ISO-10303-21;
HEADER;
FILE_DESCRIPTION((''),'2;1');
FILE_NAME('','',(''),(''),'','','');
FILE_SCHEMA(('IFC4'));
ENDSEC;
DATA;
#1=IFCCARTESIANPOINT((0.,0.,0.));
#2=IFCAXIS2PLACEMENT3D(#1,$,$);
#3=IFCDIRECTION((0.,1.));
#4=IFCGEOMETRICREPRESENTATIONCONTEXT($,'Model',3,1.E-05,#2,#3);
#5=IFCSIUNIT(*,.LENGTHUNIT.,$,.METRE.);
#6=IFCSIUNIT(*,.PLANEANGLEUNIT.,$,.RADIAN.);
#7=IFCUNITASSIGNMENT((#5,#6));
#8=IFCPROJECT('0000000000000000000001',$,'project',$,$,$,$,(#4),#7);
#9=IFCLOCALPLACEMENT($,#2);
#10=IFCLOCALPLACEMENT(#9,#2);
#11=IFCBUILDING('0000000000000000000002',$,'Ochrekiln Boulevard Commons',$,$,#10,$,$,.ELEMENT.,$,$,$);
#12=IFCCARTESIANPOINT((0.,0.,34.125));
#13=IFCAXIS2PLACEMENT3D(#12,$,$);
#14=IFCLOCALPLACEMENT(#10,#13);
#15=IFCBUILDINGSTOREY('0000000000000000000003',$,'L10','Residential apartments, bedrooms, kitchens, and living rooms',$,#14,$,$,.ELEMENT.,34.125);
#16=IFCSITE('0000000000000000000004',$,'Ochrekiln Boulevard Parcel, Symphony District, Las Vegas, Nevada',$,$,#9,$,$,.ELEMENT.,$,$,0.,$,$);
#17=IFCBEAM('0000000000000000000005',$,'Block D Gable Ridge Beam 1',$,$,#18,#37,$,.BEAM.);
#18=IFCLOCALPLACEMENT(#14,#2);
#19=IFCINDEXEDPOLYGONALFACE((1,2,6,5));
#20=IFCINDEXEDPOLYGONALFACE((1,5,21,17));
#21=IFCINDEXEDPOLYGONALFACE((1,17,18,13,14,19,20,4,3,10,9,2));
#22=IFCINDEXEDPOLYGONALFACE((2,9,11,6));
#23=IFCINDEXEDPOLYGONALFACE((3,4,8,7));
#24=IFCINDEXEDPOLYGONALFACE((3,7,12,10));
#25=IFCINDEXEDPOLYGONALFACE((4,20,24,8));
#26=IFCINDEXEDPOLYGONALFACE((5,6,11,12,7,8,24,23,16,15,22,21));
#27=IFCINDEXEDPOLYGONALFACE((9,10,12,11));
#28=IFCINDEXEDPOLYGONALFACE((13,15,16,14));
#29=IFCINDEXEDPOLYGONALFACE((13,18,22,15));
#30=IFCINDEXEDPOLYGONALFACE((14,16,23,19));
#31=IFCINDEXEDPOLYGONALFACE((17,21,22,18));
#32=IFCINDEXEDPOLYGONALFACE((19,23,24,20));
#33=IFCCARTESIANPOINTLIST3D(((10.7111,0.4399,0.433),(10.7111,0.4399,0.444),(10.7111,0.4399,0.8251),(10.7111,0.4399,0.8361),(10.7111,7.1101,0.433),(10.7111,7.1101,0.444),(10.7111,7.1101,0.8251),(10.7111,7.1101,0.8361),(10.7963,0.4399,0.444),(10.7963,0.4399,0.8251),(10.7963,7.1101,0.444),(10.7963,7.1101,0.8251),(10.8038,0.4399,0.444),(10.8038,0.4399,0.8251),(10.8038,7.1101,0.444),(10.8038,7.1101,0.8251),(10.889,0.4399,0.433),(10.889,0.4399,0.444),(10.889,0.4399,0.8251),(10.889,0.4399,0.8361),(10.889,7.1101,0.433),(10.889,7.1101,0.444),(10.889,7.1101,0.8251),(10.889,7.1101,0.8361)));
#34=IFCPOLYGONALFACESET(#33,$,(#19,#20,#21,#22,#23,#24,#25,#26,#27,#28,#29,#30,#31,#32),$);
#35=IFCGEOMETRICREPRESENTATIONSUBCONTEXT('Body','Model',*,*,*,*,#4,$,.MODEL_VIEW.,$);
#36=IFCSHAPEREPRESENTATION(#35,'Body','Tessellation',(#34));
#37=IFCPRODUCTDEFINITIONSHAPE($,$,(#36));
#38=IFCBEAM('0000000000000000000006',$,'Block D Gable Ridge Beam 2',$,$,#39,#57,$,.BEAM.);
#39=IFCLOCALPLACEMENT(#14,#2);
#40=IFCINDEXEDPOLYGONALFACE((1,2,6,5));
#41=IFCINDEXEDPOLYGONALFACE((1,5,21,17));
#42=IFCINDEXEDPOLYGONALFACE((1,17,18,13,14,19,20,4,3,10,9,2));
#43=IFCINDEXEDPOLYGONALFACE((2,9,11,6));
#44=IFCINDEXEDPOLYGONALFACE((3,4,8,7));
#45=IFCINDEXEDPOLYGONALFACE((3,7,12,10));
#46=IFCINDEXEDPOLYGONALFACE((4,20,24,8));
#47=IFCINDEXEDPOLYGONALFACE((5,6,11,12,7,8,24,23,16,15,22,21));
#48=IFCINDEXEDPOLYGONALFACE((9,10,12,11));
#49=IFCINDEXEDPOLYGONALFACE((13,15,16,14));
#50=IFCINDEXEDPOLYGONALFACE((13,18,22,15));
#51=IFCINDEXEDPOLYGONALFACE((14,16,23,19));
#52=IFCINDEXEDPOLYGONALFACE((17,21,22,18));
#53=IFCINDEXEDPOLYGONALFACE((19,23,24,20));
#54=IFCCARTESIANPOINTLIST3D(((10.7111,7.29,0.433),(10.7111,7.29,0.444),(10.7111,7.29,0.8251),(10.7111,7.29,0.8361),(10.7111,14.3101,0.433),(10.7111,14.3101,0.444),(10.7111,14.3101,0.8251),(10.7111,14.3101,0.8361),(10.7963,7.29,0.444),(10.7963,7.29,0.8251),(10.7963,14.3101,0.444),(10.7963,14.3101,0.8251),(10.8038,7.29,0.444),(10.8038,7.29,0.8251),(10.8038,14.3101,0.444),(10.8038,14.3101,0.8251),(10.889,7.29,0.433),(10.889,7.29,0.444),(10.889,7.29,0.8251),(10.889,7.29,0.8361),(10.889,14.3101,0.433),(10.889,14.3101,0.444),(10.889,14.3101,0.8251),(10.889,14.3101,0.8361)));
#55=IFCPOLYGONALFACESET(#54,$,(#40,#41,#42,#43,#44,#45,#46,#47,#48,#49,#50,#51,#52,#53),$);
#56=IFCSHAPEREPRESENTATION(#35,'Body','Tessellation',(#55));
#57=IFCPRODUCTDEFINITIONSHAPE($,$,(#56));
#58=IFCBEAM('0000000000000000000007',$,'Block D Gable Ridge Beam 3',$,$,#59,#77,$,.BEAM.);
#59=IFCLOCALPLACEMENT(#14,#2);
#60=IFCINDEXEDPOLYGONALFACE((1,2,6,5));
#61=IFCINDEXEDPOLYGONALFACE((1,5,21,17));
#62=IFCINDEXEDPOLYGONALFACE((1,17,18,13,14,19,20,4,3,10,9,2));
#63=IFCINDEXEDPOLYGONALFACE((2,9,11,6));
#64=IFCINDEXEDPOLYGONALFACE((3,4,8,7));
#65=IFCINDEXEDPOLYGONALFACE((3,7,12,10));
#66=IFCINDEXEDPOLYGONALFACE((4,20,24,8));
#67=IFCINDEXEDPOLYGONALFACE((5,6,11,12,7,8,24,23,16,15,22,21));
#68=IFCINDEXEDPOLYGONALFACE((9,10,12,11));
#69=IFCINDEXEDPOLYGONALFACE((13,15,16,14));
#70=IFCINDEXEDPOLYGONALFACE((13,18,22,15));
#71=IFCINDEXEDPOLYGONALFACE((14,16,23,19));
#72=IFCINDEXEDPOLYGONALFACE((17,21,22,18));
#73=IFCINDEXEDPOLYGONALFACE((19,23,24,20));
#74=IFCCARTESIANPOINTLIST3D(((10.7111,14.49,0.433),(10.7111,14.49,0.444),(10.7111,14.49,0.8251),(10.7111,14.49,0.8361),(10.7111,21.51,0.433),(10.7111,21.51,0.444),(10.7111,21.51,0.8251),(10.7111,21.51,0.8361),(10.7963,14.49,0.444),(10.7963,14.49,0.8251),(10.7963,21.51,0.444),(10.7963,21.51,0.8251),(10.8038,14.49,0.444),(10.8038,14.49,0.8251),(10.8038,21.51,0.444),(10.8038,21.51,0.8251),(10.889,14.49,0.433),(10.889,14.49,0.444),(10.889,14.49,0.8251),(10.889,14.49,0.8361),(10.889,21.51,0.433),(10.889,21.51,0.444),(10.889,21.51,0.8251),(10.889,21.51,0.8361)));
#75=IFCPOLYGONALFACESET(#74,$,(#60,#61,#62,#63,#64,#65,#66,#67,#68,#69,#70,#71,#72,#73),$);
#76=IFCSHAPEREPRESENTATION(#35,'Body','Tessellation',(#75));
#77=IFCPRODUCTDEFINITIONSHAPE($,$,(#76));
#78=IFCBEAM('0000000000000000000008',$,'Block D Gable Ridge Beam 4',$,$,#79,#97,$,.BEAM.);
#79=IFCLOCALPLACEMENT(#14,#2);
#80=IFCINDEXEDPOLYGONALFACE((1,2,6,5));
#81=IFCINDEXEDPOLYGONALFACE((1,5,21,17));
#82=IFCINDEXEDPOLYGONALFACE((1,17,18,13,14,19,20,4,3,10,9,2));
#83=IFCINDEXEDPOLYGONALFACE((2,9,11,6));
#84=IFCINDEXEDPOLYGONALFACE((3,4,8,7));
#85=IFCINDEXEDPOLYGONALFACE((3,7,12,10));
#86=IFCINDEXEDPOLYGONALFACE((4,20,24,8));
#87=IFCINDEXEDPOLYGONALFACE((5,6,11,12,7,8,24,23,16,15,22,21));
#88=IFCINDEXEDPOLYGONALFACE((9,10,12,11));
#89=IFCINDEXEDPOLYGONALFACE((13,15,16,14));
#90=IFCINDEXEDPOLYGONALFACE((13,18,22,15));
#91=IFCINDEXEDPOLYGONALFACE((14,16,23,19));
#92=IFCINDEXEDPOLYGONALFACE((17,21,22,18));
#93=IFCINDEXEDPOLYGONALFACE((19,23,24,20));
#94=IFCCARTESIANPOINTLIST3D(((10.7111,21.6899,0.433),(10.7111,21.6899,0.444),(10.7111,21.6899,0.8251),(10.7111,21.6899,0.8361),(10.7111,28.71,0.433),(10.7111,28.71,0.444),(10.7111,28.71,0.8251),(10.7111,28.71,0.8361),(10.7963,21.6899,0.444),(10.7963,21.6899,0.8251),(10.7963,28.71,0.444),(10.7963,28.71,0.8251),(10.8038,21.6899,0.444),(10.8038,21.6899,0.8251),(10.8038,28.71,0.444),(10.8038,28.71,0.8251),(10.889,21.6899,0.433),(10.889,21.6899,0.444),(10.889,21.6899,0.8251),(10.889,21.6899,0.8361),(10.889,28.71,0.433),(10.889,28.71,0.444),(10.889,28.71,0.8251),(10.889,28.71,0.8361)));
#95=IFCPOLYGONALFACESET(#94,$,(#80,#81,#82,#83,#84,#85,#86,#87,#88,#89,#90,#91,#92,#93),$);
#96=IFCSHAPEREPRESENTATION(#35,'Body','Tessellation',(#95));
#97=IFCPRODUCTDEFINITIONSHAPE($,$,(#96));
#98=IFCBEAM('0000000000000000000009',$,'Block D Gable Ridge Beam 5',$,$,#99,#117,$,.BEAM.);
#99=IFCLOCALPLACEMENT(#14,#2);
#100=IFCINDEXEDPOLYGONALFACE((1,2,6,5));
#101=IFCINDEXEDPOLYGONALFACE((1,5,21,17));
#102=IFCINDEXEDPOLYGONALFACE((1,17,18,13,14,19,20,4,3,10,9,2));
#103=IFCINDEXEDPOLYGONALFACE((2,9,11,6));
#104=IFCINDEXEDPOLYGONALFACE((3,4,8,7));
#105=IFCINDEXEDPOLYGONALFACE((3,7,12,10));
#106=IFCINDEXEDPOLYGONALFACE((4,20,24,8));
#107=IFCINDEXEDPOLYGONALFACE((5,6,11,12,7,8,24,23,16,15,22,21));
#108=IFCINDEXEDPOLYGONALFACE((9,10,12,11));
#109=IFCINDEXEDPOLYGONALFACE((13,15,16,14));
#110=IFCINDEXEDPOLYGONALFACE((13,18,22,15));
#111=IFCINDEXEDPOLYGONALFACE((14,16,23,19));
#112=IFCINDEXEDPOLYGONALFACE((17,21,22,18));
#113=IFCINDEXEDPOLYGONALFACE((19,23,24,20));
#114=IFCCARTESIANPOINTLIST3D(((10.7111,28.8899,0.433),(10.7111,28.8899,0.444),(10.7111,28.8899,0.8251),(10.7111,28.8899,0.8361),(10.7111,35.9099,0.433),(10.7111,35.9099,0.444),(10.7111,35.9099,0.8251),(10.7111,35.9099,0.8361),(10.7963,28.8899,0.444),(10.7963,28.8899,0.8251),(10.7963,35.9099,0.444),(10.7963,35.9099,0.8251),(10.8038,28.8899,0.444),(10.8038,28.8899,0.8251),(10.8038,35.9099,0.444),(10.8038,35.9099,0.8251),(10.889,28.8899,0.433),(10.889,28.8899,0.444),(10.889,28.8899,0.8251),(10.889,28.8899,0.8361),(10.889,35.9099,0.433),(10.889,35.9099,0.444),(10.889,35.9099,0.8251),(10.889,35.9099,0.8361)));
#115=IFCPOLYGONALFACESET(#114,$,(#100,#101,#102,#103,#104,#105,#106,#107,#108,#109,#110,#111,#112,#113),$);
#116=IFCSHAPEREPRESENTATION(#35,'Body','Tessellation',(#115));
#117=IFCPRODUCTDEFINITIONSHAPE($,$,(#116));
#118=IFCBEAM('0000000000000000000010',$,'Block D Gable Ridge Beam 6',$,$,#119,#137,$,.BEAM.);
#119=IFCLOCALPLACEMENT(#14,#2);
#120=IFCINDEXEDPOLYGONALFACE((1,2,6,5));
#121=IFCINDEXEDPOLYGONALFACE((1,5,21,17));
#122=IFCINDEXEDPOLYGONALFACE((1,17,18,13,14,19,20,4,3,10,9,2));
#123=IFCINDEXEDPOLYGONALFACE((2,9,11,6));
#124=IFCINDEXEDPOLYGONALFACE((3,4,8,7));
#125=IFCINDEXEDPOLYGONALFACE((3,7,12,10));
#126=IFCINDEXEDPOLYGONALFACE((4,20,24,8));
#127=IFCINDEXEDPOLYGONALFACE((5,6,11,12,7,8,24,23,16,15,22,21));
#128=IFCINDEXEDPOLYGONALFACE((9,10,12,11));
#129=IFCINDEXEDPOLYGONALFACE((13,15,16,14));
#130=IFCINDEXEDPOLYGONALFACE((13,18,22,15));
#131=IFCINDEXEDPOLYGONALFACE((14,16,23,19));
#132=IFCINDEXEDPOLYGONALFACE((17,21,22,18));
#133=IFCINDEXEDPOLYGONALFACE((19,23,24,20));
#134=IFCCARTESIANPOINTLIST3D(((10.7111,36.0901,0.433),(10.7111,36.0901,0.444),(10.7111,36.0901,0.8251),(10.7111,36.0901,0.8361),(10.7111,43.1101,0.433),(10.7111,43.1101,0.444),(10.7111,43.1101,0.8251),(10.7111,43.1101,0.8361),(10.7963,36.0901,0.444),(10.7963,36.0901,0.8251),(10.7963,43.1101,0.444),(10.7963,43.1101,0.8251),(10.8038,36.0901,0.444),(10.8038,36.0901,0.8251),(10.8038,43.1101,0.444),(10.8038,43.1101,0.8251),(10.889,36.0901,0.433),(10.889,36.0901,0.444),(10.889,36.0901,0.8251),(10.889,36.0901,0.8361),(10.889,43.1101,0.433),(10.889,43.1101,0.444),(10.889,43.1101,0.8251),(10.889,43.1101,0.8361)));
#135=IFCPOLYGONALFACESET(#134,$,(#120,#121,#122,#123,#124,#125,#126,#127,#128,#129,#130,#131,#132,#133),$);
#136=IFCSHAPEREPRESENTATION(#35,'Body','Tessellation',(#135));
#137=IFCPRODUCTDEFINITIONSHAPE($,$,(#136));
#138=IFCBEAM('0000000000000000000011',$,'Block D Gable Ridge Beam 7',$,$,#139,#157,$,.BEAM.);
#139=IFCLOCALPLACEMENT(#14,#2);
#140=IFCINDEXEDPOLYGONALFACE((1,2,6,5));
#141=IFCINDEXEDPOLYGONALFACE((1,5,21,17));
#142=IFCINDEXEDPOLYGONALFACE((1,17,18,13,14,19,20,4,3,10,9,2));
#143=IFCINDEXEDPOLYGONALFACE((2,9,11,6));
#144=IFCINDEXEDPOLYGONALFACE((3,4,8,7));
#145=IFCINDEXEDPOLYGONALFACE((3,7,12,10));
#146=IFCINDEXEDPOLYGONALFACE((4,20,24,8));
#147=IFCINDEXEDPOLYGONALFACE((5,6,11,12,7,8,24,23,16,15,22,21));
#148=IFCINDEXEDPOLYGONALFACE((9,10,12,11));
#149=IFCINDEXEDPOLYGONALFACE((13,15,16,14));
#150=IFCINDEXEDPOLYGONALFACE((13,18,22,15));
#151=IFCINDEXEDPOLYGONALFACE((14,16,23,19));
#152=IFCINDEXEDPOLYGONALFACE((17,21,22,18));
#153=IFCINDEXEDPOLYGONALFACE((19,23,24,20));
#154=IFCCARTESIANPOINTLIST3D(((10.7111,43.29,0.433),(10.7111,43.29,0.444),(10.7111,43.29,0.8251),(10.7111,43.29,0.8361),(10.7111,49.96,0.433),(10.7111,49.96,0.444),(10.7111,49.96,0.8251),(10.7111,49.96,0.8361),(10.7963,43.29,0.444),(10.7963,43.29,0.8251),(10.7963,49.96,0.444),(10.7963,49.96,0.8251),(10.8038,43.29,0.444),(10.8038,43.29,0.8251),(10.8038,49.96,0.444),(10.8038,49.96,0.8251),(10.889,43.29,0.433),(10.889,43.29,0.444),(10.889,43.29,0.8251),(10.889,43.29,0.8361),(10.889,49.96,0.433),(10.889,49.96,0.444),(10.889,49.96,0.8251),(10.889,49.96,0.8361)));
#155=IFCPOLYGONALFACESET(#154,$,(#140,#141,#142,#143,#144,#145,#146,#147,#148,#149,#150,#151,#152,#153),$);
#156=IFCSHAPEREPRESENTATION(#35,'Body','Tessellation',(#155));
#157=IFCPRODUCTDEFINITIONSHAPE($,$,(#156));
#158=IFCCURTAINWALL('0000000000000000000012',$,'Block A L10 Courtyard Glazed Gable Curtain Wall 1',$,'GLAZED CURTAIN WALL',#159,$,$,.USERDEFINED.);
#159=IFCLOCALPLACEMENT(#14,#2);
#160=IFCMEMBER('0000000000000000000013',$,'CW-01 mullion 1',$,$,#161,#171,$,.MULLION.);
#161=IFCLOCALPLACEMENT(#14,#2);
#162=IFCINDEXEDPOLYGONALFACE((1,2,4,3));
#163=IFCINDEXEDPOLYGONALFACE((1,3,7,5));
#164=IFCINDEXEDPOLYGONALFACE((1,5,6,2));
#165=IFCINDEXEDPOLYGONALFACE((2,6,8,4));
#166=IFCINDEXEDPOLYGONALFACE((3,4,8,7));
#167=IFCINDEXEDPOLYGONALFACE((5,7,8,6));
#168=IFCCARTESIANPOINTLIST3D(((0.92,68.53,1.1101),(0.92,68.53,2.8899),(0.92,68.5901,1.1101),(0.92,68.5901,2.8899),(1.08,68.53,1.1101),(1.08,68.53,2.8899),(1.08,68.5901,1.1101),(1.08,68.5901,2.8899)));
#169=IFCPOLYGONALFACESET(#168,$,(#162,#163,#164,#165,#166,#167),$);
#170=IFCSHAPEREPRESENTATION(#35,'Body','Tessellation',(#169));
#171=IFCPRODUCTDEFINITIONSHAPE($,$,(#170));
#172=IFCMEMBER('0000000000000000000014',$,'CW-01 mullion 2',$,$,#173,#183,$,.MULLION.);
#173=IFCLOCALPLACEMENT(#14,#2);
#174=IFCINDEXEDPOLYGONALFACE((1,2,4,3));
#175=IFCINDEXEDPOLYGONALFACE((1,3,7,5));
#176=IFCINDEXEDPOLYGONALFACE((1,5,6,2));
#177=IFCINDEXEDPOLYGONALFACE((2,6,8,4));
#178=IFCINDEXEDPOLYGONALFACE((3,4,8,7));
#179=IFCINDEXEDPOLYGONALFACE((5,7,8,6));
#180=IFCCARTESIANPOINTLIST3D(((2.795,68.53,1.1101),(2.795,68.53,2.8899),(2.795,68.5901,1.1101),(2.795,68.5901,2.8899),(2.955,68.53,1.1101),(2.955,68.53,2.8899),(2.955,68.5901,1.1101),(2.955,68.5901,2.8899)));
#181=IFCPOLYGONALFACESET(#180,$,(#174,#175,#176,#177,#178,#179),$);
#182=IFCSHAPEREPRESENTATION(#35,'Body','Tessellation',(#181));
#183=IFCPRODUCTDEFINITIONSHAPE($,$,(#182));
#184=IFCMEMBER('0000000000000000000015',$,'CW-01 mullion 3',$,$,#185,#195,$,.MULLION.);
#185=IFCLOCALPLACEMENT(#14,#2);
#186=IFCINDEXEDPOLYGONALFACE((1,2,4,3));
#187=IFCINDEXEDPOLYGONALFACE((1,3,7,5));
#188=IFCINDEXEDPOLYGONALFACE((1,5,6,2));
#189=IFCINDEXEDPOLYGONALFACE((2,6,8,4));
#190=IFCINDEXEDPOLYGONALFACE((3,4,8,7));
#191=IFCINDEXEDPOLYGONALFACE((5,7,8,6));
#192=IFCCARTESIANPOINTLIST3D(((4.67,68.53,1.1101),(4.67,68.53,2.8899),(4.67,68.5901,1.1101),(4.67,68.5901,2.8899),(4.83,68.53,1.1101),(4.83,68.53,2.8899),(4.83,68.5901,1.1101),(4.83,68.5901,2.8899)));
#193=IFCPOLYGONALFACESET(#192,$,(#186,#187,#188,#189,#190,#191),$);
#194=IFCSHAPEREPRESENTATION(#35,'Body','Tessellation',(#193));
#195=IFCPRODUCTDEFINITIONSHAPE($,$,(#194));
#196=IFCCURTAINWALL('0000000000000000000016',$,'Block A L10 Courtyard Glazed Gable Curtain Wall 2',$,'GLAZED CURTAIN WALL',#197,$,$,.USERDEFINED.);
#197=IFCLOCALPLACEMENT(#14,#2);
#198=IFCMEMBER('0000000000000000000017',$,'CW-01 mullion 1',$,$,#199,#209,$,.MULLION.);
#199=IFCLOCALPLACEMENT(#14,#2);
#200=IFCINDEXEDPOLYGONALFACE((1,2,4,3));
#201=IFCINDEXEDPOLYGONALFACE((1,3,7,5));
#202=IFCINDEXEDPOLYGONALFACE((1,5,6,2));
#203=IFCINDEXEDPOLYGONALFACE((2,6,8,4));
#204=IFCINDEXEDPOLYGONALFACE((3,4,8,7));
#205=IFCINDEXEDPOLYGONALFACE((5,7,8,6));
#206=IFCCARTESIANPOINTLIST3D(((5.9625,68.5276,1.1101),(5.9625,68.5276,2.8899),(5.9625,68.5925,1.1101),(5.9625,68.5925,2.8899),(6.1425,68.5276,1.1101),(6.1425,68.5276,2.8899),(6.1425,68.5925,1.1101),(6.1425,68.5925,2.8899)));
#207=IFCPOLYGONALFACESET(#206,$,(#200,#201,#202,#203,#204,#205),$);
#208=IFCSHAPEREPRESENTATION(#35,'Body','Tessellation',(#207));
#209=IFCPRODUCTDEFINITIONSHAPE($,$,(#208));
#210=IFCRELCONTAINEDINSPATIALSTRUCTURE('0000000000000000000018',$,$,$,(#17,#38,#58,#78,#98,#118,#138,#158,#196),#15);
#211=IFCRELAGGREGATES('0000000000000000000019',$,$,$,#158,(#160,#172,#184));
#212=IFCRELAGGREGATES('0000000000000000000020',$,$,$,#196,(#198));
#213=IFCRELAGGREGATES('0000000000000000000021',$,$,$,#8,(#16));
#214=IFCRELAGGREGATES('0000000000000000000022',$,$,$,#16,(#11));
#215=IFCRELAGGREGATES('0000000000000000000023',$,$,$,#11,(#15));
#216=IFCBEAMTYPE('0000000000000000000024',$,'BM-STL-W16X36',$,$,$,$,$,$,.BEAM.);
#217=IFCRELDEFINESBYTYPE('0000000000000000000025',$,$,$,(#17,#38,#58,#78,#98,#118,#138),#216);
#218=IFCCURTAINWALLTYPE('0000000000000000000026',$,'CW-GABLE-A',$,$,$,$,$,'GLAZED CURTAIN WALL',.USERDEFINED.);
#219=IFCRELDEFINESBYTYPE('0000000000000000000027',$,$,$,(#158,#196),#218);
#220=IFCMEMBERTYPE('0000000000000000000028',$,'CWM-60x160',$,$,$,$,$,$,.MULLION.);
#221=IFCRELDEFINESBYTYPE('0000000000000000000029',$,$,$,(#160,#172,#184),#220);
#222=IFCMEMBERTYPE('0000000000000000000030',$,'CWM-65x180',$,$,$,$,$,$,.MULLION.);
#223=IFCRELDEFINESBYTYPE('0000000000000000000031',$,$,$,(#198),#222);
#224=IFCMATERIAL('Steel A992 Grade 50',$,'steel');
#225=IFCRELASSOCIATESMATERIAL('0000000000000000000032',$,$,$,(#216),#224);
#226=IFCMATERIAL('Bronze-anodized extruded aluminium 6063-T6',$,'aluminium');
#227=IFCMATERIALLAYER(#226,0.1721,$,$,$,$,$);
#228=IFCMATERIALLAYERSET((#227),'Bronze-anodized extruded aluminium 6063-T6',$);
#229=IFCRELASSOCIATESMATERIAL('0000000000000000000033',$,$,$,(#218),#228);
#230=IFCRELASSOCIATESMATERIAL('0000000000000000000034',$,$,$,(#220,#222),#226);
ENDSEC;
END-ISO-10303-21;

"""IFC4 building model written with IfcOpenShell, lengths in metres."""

from ifc_helpers import new_model, si_unit, direction, frame, origin, origin_2d, place, context, subcontext, project, spatial, rectangle, i_section, extrude, material, layer, layer_set, material_profile, profile_set, type_object, element, aggregate, save


model = new_model("IFC4")

# Units and contexts
model_context = context("Model", 3, precision=1e-05, world=origin(), true_north=direction((0.0, 1.0)))
body_context = subcontext(model_context, "Body", "Model", "MODEL_VIEW")
ifc_project = project(units=[si_unit("LENGTHUNIT", "METRE"), si_unit("PLANEANGLEUNIT", "RADIAN")], contexts=[model_context])

# Site, building, storey
site_placement = place(None, origin())
site = spatial("IfcSite", under=ifc_project, at=site_placement, Name="Ochrekiln Boulevard Parcel, Symphony District, Las Vegas, Nevada", CompositionType="ELEMENT", RefElevation=0.0)
building_placement = place(site_placement, origin())
building = spatial("IfcBuilding", under=site, at=building_placement, Name="Ochrekiln Boulevard Commons", CompositionType="ELEMENT")
storey_placement = place(building_placement, frame((0.0, 0.0, 34.125)))
storey = spatial("IfcBuildingStorey", under=building, at=storey_placement, Name="L10", Description="Residential apartments, bedrooms, kitchens, and living rooms", CompositionType="ELEMENT", Elevation=34.125)

# Beams
ifc_material_1 = material(Name="Steel A992 Grade 50", Category="steel")
ifc_material_profile_1 = material_profile(ifc_material_1, i_section(OverallWidth=0.178, OverallDepth=0.4031, WebThickness=0.0076, FlangeThickness=0.011, at=origin_2d()), Name="W16X36")
ifc_profile_set_1 = profile_set([ifc_material_profile_1], Name="Steel A992 Grade 50")
beam_type = type_object("IfcBeamType", Name="BM-STL-W16X36", PredefinedType="BEAM", material=ifc_profile_set_1)
beam_1_placement = place(storey_placement, frame((10.8, 0.4399, 0.6345), z_axis=(0.0, 1.0, 0.0), x_axis=(-1.0, 0.0, 0.0)))
element("IfcBeam", 1, at=beam_1_placement, inside=storey, type_object=beam_type, Name="Block D Gable Ridge Beam 1", PredefinedType="BEAM", context=body_context, shape_type="SweptSolid", body=[
    extrude(i_section(OverallWidth=0.178, OverallDepth=0.4031, WebThickness=0.0076, FlangeThickness=0.011, at=origin_2d()), origin(), (0.0, 0.0, 1.0), 6.6702),
])
for number, where, z_axis, x_axis, name in (
    (2, (10.8, 7.29, 0.6345), (0.0, 1.0, 0.0), (-1.0, 0.0, 0.0), "Block D Gable Ridge Beam 2"),
    (3, (10.8, 14.49, 0.6345), (0.0, 1.0, 0.0), (-1.0, 0.0, 0.0), "Block D Gable Ridge Beam 3"),
    (4, (10.8, 21.6899, 0.6345), (0.0, 1.0, 0.0), (-1.0, 0.0, 0.0), "Block D Gable Ridge Beam 4"),
    (5, (10.8, 28.8899, 0.6345), (0.0, 1.0, 0.0), (-1.0, 0.0, 0.0), "Block D Gable Ridge Beam 5"),
    (6, (10.8, 36.0901, 0.6345), (0.0, 1.0, 0.0), (-1.0, 0.0, 0.0), "Block D Gable Ridge Beam 6"),
):
    element("IfcBeam", number, at=place(storey_placement, frame(where, z_axis=z_axis, x_axis=x_axis)), inside=storey, type_object=beam_type, Name=name, PredefinedType="BEAM", context=body_context, shape_type="SweptSolid", body=[
        extrude(i_section(OverallWidth=0.178, OverallDepth=0.4031, WebThickness=0.0076, FlangeThickness=0.011, at=origin_2d()), origin(), (0.0, 0.0, 1.0), 7.02),
    ])
beam_2_placement = place(storey_placement, frame((10.8, 43.29, 0.6345), z_axis=(0.0, 1.0, 0.0), x_axis=(-1.0, 0.0, 0.0)))
element("IfcBeam", 7, at=beam_2_placement, inside=storey, type_object=beam_type, Name="Block D Gable Ridge Beam 7", PredefinedType="BEAM", context=body_context, shape_type="SweptSolid", body=[
    extrude(i_section(OverallWidth=0.178, OverallDepth=0.4031, WebThickness=0.0076, FlangeThickness=0.011, at=origin_2d()), origin(), (0.0, 0.0, 1.0), 6.6699),
])

# Curtain walls, members
ifc_material_2 = material(Name="Bronze-anodized extruded aluminium 6063-T6", Category="aluminium")
ifc_layer_1 = layer(ifc_material_2, 0.1721)
ifc_layer_set_1 = layer_set([ifc_layer_1], Name="Bronze-anodized extruded aluminium 6063-T6")
curtain_wall_type = type_object("IfcCurtainWallType", Name="CW-GABLE-A", ElementType="GLAZED CURTAIN WALL", PredefinedType="USERDEFINED", material=ifc_layer_set_1)
curtain_wall_1_placement = place(storey_placement, origin())
curtain_wall_1 = element("IfcCurtainWall", 8, at=curtain_wall_1_placement, inside=storey, type_object=curtain_wall_type, Name="Block A L10 Courtyard Glazed Gable Curtain Wall 1", ObjectType="GLAZED CURTAIN WALL", PredefinedType="USERDEFINED")
ifc_material_profile_2 = material_profile(ifc_material_2, rectangle(XDim=0.0601, YDim=0.1599, at=origin_2d()), Name="ALU-MUL-60x160")
ifc_profile_set_2 = profile_set([ifc_material_profile_2], Name="Bronze-anodized extruded aluminium 6063-T6")
member_type_1 = type_object("IfcMemberType", Name="CWM-60x160", PredefinedType="MULLION", material=ifc_profile_set_2)
member_1_placement = place(storey_placement, frame((1.0, 68.5601, 1.1101), z_axis=(0.0, 0.0, 1.0), x_axis=(0.0, 1.0, 0.0)))
member_1 = element("IfcMember", 9, at=member_1_placement, type_object=member_type_1, Name="CW-01 mullion 1", PredefinedType="MULLION", context=body_context, shape_type="SweptSolid", body=[
    extrude(rectangle(XDim=0.0601, YDim=0.1599, at=origin_2d()), origin(), (0.0, 0.0, 1.0), 1.7798),
])
member_2_placement = place(storey_placement, frame((2.875, 68.5601, 1.1101), z_axis=(0.0, 0.0, 1.0), x_axis=(0.0, 1.0, 0.0)))
member_2 = element("IfcMember", 10, at=member_2_placement, type_object=member_type_1, Name="CW-01 mullion 2", PredefinedType="MULLION", context=body_context, shape_type="SweptSolid", body=[
    extrude(rectangle(XDim=0.0601, YDim=0.1599, at=origin_2d()), origin(), (0.0, 0.0, 1.0), 1.7798),
])
member_3_placement = place(storey_placement, frame((4.75, 68.5601, 1.1101), z_axis=(0.0, 0.0, 1.0), x_axis=(0.0, 1.0, 0.0)))
member_3 = element("IfcMember", 11, at=member_3_placement, type_object=member_type_1, Name="CW-01 mullion 3", PredefinedType="MULLION", context=body_context, shape_type="SweptSolid", body=[
    extrude(rectangle(XDim=0.0601, YDim=0.1599, at=origin_2d()), origin(), (0.0, 0.0, 1.0), 1.7798),
])
curtain_wall_2_placement = place(storey_placement, origin())
curtain_wall_2 = element("IfcCurtainWall", 12, at=curtain_wall_2_placement, inside=storey, type_object=curtain_wall_type, Name="Block A L10 Courtyard Glazed Gable Curtain Wall 2", ObjectType="GLAZED CURTAIN WALL", PredefinedType="USERDEFINED")
ifc_material_profile_3 = material_profile(ifc_material_2, rectangle(XDim=0.0649, YDim=0.1799, at=origin_2d()), Name="ALU-MUL-65x180")
ifc_profile_set_3 = profile_set([ifc_material_profile_3], Name="Bronze-anodized extruded aluminium 6063-T6")
member_type_2 = type_object("IfcMemberType", Name="CWM-65x180", PredefinedType="MULLION", material=ifc_profile_set_3)
member_4_placement = place(storey_placement, frame((6.0525, 68.5601, 1.1101), z_axis=(0.0, 0.0, 1.0), x_axis=(0.0, 1.0, 0.0)))
member_4 = element("IfcMember", 13, at=member_4_placement, type_object=member_type_2, Name="CW-01 mullion 1", PredefinedType="MULLION", context=body_context, shape_type="SweptSolid", body=[
    extrude(rectangle(XDim=0.0649, YDim=0.1799, at=origin_2d()), origin(), (0.0, 0.0, 1.0), 1.7798),
])

aggregate(curtain_wall_1, [member_1, member_2, member_3])
aggregate(curtain_wall_2, [member_4])

save(model, "model.ifc")
